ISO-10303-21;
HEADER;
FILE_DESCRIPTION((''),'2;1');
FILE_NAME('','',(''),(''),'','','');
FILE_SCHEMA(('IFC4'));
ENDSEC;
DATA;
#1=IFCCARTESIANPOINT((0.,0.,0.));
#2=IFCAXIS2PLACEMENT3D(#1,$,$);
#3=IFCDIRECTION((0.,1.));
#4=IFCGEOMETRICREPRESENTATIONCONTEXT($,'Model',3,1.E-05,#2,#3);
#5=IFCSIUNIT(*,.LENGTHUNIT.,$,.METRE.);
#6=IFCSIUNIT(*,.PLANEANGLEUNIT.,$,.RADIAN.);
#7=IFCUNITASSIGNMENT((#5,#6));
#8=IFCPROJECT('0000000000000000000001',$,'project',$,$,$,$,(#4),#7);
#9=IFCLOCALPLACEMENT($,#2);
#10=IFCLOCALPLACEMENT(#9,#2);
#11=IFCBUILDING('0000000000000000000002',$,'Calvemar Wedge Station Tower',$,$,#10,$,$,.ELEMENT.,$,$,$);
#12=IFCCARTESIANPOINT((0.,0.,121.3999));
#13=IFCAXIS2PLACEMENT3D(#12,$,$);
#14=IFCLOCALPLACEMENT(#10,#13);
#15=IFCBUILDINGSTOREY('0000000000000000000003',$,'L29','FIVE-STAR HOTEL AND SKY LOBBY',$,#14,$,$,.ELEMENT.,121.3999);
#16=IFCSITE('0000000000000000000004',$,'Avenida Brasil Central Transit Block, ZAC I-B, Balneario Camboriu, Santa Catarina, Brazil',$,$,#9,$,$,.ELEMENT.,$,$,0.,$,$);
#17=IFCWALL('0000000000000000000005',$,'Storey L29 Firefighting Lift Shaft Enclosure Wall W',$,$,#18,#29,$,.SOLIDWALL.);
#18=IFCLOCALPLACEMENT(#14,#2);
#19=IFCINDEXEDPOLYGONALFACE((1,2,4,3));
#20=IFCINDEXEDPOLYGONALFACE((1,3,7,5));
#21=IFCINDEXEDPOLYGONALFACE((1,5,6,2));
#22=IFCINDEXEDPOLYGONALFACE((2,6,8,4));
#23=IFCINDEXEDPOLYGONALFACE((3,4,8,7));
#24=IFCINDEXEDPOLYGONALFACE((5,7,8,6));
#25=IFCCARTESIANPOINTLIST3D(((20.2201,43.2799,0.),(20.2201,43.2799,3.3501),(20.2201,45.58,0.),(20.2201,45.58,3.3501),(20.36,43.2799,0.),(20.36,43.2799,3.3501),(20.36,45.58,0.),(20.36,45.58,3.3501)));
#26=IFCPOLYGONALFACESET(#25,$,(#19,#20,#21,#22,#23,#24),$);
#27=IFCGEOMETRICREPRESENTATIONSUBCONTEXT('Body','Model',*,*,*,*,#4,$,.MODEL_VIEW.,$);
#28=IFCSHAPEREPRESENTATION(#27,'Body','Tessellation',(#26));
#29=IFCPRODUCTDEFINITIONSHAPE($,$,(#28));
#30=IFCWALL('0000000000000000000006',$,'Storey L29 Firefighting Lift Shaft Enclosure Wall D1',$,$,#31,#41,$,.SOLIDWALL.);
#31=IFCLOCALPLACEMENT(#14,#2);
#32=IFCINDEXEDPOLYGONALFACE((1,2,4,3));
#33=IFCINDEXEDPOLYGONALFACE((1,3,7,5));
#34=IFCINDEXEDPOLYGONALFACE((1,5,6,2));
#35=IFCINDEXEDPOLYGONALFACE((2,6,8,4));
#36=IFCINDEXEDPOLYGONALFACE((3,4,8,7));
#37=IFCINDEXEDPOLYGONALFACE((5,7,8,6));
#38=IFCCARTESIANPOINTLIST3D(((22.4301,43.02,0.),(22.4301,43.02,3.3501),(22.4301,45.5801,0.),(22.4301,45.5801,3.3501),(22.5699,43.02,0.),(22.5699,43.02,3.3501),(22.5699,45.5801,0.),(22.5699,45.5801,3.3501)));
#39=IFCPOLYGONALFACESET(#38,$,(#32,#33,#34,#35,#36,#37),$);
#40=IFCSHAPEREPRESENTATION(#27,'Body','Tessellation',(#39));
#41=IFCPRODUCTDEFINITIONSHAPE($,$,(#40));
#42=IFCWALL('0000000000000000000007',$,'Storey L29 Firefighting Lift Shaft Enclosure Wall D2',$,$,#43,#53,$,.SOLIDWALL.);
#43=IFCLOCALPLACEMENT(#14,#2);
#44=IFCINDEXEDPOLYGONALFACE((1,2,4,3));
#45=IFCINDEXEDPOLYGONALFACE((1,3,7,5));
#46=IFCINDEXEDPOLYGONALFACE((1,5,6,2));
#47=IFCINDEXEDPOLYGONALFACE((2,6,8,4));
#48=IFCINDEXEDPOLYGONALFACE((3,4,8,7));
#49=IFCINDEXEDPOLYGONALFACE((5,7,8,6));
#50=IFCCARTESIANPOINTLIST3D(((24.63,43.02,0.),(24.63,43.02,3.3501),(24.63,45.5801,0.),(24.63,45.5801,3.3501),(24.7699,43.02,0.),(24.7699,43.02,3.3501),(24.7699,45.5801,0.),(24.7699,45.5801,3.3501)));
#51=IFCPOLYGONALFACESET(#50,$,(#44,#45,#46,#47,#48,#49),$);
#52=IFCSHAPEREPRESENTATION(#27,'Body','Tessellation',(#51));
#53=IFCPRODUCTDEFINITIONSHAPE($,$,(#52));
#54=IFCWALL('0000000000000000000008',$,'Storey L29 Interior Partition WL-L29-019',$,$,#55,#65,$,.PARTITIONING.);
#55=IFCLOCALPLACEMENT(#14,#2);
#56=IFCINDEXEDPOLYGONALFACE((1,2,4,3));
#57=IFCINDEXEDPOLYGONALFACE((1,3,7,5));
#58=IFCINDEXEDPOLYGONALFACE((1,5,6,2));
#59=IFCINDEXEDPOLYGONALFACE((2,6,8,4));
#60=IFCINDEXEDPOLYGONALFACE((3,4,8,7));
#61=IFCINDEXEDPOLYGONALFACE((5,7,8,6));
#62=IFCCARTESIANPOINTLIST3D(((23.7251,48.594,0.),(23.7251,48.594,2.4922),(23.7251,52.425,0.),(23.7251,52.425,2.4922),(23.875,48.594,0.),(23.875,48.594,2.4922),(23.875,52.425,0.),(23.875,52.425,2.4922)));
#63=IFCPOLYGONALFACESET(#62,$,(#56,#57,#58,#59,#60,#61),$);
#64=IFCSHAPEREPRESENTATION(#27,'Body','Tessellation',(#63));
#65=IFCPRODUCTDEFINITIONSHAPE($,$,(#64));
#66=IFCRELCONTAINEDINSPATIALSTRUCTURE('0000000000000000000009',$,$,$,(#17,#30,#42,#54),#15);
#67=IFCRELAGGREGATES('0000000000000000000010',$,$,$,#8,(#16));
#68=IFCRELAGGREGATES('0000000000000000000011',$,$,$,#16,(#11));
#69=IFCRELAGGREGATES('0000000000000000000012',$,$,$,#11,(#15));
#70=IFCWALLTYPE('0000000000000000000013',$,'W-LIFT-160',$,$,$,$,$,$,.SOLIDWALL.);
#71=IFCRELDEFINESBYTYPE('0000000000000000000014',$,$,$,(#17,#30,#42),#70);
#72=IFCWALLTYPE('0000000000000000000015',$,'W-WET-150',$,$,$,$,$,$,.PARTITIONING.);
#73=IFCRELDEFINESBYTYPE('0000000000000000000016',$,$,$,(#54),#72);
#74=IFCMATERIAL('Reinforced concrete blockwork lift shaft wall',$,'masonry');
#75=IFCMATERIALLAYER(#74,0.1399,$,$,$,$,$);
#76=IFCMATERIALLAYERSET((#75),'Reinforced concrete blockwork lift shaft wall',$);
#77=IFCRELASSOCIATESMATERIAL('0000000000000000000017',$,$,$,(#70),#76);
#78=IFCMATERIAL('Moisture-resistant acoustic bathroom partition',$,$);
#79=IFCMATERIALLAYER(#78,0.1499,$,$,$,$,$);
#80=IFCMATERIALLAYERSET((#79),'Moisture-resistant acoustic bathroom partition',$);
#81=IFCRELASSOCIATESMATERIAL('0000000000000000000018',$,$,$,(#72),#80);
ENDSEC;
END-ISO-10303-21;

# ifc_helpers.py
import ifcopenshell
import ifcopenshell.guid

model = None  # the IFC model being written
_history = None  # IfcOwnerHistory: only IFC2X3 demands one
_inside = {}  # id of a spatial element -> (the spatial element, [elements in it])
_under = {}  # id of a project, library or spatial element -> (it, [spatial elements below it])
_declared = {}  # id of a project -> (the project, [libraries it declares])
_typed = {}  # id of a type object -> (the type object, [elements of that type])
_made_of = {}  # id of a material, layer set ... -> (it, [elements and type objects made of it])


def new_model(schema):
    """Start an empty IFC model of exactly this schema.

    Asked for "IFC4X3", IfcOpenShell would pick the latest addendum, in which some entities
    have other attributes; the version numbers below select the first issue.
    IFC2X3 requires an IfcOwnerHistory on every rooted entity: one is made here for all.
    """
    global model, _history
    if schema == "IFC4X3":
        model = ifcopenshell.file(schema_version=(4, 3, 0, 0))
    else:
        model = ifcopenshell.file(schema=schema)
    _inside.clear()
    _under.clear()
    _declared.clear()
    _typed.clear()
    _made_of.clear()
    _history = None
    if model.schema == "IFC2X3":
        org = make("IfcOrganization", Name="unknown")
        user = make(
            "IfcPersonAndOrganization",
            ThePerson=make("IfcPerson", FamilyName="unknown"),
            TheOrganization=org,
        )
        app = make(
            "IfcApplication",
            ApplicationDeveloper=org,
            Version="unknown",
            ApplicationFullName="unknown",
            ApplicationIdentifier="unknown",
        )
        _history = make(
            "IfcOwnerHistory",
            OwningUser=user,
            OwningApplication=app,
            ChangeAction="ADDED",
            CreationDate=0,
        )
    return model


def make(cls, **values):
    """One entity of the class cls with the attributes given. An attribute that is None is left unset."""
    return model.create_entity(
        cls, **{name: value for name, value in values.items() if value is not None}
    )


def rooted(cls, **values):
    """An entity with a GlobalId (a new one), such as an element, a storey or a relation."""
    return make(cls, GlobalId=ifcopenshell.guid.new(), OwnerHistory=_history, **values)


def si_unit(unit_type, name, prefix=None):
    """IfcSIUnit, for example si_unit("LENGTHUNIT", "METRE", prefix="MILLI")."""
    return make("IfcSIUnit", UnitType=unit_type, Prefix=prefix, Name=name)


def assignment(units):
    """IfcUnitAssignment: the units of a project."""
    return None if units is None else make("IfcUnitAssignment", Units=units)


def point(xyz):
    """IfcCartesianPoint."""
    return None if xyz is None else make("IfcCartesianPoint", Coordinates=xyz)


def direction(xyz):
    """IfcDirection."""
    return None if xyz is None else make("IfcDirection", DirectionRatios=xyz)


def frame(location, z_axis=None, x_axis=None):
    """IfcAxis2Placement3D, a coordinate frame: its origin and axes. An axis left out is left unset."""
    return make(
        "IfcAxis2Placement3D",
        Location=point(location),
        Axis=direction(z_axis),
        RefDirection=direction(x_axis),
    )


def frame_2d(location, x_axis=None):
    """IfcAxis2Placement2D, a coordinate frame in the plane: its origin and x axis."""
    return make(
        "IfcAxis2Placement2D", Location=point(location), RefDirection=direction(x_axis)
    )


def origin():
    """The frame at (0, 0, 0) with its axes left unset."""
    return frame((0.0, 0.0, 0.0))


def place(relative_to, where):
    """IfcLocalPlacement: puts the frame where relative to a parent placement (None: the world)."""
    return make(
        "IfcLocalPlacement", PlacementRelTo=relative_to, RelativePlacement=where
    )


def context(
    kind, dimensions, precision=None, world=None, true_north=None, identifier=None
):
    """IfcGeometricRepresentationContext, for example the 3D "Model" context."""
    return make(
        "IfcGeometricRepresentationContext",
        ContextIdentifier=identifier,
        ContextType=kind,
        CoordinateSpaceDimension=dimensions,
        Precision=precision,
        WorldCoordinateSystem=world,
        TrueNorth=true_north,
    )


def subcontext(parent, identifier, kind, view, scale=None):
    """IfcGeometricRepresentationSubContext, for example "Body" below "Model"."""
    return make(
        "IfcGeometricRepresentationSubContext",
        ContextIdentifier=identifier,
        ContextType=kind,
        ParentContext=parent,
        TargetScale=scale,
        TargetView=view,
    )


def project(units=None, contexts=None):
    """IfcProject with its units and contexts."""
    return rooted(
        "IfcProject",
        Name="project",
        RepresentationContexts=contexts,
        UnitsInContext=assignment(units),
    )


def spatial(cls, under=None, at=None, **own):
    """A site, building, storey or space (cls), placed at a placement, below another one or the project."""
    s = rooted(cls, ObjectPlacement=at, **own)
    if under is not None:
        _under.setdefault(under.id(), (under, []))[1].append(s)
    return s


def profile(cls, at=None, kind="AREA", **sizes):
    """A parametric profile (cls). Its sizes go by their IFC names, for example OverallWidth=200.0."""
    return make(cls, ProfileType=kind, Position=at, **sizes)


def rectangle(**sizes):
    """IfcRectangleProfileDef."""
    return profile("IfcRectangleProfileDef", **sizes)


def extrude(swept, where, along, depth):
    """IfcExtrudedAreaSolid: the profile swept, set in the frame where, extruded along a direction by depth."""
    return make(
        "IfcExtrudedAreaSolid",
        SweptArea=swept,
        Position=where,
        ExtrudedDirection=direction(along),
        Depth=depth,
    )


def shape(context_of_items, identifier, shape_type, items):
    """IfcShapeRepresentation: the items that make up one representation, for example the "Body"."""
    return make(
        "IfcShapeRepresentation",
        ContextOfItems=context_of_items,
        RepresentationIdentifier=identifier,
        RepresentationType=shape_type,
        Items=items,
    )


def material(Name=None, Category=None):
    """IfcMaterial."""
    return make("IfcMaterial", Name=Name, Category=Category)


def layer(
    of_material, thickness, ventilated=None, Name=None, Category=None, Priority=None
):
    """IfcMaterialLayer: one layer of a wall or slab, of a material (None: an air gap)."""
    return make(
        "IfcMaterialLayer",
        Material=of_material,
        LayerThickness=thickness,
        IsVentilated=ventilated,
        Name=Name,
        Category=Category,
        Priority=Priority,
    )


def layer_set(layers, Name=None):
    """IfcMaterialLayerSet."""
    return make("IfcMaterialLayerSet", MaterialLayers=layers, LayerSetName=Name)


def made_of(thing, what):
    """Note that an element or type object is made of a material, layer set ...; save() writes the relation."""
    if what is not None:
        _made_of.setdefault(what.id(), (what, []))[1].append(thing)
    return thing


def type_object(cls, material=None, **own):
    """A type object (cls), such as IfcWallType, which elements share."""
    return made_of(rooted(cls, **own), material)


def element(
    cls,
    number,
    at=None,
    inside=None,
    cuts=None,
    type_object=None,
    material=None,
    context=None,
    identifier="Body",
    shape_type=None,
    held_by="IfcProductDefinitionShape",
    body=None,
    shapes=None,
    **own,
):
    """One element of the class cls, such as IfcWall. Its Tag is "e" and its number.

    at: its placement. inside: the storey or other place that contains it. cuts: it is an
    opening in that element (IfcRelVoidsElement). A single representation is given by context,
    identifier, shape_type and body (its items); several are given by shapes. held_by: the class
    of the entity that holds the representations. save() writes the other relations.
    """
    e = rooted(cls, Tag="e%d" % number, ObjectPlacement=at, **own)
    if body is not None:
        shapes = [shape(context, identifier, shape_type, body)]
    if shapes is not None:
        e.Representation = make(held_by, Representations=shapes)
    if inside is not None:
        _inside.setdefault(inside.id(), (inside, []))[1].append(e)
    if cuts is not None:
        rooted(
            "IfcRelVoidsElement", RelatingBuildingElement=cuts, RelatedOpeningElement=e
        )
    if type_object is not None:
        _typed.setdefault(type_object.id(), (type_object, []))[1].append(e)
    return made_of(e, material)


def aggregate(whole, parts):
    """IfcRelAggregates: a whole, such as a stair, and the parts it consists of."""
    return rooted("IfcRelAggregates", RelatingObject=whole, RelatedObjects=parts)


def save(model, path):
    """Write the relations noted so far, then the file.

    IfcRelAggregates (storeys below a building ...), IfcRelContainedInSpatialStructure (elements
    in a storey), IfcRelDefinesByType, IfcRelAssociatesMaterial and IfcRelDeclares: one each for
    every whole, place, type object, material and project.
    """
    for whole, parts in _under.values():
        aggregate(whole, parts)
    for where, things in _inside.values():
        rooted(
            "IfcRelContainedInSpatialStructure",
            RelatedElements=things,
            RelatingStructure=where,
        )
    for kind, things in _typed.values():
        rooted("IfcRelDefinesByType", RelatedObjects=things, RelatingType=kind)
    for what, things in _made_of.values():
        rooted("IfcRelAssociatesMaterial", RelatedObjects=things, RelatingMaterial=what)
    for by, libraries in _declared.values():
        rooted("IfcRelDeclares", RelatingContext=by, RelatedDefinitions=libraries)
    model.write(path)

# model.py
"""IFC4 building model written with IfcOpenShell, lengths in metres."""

from ifc_helpers import new_model, si_unit, direction, frame, frame_2d, origin, place, context, subcontext, project, spatial, rectangle, extrude, material, layer, layer_set, type_object, element, save


model = new_model("IFC4")

# Units and contexts
model_context = context("Model", 3, precision=1e-05, world=origin(), true_north=direction((0.0, 1.0)))
body_context = subcontext(model_context, "Body", "Model", "MODEL_VIEW")
ifc_project = project(units=[si_unit("LENGTHUNIT", "METRE"), si_unit("PLANEANGLEUNIT", "RADIAN")], contexts=[model_context])

# Site, building, storey
site_placement = place(None, origin())
site = spatial("IfcSite", under=ifc_project, at=site_placement, Name="Avenida Brasil Central Transit Block, ZAC I-B, Balneario Camboriu, Santa Catarina, Brazil", CompositionType="ELEMENT", RefElevation=0.0)
building_placement = place(site_placement, origin())
building = spatial("IfcBuilding", under=site, at=building_placement, Name="Calvemar Wedge Station Tower", CompositionType="ELEMENT")
storey_placement = place(building_placement, frame((0.0, 0.0, 121.3999)))
storey = spatial("IfcBuildingStorey", under=building, at=storey_placement, Name="L29", Description="FIVE-STAR HOTEL AND SKY LOBBY", CompositionType="ELEMENT", Elevation=121.3999)

# Shared definitions
ifc_material_1 = material(Name="Reinforced concrete blockwork lift shaft wall", Category="masonry")
ifc_layer_1 = layer(ifc_material_1, 0.1399)
ifc_layer_set_1 = layer_set([ifc_layer_1], Name="Reinforced concrete blockwork lift shaft wall")
wall_type_1 = type_object("IfcWallType", Name="W-LIFT-160", PredefinedType="SOLIDWALL", material=ifc_layer_set_1)

# Walls
wall_1_placement = place(storey_placement, frame((20.29, 43.28, 0.0), z_axis=(0.0, 0.0, 1.0), x_axis=(0.0, 1.0, 0.0)))
element("IfcWall", 1, at=wall_1_placement, inside=storey, type_object=wall_type_1, Name="Storey L29 Firefighting Lift Shaft Enclosure Wall W", PredefinedType="SOLIDWALL", context=body_context, shape_type="SweptSolid", body=[
    extrude(rectangle(XDim=2.3, YDim=0.1399, at=frame_2d((1.1499, 0.0))), origin(), (0.0, 0.0, 1.0), 3.3501),
])
for number, where, z_axis, x_axis, name in (
    (2, (22.5, 43.02, 0.0), (0.0, 0.0, 1.0), (0.0, 1.0, 0.0), "Storey L29 Firefighting Lift Shaft Enclosure Wall D1"),
    (3, (24.7, 43.02, 0.0), (0.0, 0.0, 1.0), (0.0, 1.0, 0.0), "Storey L29 Firefighting Lift Shaft Enclosure Wall D2"),
):
    element("IfcWall", number, at=place(storey_placement, frame(where, z_axis=z_axis, x_axis=x_axis)), inside=storey, type_object=wall_type_1, Name=name, PredefinedType="SOLIDWALL", context=body_context, shape_type="SweptSolid", body=[
        extrude(rectangle(XDim=2.5601, YDim=0.1399, at=frame_2d((1.28, 0.0))), origin(), (0.0, 0.0, 1.0), 3.3501),
    ])
ifc_material_2 = material(Name="Moisture-resistant acoustic bathroom partition")
ifc_layer_2 = layer(ifc_material_2, 0.1499)
ifc_layer_set_2 = layer_set([ifc_layer_2], Name="Moisture-resistant acoustic bathroom partition")
wall_type_2 = type_object("IfcWallType", Name="W-WET-150", PredefinedType="PARTITIONING", material=ifc_layer_set_2)
wall_2_placement = place(storey_placement, frame((23.8, 52.425, 0.0), z_axis=(0.0, 0.0, 1.0), x_axis=(0.0, -1.0, 0.0)))
element("IfcWall", 4, at=wall_2_placement, inside=storey, type_object=wall_type_2, Name="Storey L29 Interior Partition WL-L29-019", PredefinedType="PARTITIONING", context=body_context, shape_type="SweptSolid", body=[
    extrude(rectangle(XDim=3.8311, YDim=0.1499, at=frame_2d((1.9155, 0.0))), origin(), (0.0, 0.0, 1.0), 2.4922),
])

save(model, "model.ifc")
